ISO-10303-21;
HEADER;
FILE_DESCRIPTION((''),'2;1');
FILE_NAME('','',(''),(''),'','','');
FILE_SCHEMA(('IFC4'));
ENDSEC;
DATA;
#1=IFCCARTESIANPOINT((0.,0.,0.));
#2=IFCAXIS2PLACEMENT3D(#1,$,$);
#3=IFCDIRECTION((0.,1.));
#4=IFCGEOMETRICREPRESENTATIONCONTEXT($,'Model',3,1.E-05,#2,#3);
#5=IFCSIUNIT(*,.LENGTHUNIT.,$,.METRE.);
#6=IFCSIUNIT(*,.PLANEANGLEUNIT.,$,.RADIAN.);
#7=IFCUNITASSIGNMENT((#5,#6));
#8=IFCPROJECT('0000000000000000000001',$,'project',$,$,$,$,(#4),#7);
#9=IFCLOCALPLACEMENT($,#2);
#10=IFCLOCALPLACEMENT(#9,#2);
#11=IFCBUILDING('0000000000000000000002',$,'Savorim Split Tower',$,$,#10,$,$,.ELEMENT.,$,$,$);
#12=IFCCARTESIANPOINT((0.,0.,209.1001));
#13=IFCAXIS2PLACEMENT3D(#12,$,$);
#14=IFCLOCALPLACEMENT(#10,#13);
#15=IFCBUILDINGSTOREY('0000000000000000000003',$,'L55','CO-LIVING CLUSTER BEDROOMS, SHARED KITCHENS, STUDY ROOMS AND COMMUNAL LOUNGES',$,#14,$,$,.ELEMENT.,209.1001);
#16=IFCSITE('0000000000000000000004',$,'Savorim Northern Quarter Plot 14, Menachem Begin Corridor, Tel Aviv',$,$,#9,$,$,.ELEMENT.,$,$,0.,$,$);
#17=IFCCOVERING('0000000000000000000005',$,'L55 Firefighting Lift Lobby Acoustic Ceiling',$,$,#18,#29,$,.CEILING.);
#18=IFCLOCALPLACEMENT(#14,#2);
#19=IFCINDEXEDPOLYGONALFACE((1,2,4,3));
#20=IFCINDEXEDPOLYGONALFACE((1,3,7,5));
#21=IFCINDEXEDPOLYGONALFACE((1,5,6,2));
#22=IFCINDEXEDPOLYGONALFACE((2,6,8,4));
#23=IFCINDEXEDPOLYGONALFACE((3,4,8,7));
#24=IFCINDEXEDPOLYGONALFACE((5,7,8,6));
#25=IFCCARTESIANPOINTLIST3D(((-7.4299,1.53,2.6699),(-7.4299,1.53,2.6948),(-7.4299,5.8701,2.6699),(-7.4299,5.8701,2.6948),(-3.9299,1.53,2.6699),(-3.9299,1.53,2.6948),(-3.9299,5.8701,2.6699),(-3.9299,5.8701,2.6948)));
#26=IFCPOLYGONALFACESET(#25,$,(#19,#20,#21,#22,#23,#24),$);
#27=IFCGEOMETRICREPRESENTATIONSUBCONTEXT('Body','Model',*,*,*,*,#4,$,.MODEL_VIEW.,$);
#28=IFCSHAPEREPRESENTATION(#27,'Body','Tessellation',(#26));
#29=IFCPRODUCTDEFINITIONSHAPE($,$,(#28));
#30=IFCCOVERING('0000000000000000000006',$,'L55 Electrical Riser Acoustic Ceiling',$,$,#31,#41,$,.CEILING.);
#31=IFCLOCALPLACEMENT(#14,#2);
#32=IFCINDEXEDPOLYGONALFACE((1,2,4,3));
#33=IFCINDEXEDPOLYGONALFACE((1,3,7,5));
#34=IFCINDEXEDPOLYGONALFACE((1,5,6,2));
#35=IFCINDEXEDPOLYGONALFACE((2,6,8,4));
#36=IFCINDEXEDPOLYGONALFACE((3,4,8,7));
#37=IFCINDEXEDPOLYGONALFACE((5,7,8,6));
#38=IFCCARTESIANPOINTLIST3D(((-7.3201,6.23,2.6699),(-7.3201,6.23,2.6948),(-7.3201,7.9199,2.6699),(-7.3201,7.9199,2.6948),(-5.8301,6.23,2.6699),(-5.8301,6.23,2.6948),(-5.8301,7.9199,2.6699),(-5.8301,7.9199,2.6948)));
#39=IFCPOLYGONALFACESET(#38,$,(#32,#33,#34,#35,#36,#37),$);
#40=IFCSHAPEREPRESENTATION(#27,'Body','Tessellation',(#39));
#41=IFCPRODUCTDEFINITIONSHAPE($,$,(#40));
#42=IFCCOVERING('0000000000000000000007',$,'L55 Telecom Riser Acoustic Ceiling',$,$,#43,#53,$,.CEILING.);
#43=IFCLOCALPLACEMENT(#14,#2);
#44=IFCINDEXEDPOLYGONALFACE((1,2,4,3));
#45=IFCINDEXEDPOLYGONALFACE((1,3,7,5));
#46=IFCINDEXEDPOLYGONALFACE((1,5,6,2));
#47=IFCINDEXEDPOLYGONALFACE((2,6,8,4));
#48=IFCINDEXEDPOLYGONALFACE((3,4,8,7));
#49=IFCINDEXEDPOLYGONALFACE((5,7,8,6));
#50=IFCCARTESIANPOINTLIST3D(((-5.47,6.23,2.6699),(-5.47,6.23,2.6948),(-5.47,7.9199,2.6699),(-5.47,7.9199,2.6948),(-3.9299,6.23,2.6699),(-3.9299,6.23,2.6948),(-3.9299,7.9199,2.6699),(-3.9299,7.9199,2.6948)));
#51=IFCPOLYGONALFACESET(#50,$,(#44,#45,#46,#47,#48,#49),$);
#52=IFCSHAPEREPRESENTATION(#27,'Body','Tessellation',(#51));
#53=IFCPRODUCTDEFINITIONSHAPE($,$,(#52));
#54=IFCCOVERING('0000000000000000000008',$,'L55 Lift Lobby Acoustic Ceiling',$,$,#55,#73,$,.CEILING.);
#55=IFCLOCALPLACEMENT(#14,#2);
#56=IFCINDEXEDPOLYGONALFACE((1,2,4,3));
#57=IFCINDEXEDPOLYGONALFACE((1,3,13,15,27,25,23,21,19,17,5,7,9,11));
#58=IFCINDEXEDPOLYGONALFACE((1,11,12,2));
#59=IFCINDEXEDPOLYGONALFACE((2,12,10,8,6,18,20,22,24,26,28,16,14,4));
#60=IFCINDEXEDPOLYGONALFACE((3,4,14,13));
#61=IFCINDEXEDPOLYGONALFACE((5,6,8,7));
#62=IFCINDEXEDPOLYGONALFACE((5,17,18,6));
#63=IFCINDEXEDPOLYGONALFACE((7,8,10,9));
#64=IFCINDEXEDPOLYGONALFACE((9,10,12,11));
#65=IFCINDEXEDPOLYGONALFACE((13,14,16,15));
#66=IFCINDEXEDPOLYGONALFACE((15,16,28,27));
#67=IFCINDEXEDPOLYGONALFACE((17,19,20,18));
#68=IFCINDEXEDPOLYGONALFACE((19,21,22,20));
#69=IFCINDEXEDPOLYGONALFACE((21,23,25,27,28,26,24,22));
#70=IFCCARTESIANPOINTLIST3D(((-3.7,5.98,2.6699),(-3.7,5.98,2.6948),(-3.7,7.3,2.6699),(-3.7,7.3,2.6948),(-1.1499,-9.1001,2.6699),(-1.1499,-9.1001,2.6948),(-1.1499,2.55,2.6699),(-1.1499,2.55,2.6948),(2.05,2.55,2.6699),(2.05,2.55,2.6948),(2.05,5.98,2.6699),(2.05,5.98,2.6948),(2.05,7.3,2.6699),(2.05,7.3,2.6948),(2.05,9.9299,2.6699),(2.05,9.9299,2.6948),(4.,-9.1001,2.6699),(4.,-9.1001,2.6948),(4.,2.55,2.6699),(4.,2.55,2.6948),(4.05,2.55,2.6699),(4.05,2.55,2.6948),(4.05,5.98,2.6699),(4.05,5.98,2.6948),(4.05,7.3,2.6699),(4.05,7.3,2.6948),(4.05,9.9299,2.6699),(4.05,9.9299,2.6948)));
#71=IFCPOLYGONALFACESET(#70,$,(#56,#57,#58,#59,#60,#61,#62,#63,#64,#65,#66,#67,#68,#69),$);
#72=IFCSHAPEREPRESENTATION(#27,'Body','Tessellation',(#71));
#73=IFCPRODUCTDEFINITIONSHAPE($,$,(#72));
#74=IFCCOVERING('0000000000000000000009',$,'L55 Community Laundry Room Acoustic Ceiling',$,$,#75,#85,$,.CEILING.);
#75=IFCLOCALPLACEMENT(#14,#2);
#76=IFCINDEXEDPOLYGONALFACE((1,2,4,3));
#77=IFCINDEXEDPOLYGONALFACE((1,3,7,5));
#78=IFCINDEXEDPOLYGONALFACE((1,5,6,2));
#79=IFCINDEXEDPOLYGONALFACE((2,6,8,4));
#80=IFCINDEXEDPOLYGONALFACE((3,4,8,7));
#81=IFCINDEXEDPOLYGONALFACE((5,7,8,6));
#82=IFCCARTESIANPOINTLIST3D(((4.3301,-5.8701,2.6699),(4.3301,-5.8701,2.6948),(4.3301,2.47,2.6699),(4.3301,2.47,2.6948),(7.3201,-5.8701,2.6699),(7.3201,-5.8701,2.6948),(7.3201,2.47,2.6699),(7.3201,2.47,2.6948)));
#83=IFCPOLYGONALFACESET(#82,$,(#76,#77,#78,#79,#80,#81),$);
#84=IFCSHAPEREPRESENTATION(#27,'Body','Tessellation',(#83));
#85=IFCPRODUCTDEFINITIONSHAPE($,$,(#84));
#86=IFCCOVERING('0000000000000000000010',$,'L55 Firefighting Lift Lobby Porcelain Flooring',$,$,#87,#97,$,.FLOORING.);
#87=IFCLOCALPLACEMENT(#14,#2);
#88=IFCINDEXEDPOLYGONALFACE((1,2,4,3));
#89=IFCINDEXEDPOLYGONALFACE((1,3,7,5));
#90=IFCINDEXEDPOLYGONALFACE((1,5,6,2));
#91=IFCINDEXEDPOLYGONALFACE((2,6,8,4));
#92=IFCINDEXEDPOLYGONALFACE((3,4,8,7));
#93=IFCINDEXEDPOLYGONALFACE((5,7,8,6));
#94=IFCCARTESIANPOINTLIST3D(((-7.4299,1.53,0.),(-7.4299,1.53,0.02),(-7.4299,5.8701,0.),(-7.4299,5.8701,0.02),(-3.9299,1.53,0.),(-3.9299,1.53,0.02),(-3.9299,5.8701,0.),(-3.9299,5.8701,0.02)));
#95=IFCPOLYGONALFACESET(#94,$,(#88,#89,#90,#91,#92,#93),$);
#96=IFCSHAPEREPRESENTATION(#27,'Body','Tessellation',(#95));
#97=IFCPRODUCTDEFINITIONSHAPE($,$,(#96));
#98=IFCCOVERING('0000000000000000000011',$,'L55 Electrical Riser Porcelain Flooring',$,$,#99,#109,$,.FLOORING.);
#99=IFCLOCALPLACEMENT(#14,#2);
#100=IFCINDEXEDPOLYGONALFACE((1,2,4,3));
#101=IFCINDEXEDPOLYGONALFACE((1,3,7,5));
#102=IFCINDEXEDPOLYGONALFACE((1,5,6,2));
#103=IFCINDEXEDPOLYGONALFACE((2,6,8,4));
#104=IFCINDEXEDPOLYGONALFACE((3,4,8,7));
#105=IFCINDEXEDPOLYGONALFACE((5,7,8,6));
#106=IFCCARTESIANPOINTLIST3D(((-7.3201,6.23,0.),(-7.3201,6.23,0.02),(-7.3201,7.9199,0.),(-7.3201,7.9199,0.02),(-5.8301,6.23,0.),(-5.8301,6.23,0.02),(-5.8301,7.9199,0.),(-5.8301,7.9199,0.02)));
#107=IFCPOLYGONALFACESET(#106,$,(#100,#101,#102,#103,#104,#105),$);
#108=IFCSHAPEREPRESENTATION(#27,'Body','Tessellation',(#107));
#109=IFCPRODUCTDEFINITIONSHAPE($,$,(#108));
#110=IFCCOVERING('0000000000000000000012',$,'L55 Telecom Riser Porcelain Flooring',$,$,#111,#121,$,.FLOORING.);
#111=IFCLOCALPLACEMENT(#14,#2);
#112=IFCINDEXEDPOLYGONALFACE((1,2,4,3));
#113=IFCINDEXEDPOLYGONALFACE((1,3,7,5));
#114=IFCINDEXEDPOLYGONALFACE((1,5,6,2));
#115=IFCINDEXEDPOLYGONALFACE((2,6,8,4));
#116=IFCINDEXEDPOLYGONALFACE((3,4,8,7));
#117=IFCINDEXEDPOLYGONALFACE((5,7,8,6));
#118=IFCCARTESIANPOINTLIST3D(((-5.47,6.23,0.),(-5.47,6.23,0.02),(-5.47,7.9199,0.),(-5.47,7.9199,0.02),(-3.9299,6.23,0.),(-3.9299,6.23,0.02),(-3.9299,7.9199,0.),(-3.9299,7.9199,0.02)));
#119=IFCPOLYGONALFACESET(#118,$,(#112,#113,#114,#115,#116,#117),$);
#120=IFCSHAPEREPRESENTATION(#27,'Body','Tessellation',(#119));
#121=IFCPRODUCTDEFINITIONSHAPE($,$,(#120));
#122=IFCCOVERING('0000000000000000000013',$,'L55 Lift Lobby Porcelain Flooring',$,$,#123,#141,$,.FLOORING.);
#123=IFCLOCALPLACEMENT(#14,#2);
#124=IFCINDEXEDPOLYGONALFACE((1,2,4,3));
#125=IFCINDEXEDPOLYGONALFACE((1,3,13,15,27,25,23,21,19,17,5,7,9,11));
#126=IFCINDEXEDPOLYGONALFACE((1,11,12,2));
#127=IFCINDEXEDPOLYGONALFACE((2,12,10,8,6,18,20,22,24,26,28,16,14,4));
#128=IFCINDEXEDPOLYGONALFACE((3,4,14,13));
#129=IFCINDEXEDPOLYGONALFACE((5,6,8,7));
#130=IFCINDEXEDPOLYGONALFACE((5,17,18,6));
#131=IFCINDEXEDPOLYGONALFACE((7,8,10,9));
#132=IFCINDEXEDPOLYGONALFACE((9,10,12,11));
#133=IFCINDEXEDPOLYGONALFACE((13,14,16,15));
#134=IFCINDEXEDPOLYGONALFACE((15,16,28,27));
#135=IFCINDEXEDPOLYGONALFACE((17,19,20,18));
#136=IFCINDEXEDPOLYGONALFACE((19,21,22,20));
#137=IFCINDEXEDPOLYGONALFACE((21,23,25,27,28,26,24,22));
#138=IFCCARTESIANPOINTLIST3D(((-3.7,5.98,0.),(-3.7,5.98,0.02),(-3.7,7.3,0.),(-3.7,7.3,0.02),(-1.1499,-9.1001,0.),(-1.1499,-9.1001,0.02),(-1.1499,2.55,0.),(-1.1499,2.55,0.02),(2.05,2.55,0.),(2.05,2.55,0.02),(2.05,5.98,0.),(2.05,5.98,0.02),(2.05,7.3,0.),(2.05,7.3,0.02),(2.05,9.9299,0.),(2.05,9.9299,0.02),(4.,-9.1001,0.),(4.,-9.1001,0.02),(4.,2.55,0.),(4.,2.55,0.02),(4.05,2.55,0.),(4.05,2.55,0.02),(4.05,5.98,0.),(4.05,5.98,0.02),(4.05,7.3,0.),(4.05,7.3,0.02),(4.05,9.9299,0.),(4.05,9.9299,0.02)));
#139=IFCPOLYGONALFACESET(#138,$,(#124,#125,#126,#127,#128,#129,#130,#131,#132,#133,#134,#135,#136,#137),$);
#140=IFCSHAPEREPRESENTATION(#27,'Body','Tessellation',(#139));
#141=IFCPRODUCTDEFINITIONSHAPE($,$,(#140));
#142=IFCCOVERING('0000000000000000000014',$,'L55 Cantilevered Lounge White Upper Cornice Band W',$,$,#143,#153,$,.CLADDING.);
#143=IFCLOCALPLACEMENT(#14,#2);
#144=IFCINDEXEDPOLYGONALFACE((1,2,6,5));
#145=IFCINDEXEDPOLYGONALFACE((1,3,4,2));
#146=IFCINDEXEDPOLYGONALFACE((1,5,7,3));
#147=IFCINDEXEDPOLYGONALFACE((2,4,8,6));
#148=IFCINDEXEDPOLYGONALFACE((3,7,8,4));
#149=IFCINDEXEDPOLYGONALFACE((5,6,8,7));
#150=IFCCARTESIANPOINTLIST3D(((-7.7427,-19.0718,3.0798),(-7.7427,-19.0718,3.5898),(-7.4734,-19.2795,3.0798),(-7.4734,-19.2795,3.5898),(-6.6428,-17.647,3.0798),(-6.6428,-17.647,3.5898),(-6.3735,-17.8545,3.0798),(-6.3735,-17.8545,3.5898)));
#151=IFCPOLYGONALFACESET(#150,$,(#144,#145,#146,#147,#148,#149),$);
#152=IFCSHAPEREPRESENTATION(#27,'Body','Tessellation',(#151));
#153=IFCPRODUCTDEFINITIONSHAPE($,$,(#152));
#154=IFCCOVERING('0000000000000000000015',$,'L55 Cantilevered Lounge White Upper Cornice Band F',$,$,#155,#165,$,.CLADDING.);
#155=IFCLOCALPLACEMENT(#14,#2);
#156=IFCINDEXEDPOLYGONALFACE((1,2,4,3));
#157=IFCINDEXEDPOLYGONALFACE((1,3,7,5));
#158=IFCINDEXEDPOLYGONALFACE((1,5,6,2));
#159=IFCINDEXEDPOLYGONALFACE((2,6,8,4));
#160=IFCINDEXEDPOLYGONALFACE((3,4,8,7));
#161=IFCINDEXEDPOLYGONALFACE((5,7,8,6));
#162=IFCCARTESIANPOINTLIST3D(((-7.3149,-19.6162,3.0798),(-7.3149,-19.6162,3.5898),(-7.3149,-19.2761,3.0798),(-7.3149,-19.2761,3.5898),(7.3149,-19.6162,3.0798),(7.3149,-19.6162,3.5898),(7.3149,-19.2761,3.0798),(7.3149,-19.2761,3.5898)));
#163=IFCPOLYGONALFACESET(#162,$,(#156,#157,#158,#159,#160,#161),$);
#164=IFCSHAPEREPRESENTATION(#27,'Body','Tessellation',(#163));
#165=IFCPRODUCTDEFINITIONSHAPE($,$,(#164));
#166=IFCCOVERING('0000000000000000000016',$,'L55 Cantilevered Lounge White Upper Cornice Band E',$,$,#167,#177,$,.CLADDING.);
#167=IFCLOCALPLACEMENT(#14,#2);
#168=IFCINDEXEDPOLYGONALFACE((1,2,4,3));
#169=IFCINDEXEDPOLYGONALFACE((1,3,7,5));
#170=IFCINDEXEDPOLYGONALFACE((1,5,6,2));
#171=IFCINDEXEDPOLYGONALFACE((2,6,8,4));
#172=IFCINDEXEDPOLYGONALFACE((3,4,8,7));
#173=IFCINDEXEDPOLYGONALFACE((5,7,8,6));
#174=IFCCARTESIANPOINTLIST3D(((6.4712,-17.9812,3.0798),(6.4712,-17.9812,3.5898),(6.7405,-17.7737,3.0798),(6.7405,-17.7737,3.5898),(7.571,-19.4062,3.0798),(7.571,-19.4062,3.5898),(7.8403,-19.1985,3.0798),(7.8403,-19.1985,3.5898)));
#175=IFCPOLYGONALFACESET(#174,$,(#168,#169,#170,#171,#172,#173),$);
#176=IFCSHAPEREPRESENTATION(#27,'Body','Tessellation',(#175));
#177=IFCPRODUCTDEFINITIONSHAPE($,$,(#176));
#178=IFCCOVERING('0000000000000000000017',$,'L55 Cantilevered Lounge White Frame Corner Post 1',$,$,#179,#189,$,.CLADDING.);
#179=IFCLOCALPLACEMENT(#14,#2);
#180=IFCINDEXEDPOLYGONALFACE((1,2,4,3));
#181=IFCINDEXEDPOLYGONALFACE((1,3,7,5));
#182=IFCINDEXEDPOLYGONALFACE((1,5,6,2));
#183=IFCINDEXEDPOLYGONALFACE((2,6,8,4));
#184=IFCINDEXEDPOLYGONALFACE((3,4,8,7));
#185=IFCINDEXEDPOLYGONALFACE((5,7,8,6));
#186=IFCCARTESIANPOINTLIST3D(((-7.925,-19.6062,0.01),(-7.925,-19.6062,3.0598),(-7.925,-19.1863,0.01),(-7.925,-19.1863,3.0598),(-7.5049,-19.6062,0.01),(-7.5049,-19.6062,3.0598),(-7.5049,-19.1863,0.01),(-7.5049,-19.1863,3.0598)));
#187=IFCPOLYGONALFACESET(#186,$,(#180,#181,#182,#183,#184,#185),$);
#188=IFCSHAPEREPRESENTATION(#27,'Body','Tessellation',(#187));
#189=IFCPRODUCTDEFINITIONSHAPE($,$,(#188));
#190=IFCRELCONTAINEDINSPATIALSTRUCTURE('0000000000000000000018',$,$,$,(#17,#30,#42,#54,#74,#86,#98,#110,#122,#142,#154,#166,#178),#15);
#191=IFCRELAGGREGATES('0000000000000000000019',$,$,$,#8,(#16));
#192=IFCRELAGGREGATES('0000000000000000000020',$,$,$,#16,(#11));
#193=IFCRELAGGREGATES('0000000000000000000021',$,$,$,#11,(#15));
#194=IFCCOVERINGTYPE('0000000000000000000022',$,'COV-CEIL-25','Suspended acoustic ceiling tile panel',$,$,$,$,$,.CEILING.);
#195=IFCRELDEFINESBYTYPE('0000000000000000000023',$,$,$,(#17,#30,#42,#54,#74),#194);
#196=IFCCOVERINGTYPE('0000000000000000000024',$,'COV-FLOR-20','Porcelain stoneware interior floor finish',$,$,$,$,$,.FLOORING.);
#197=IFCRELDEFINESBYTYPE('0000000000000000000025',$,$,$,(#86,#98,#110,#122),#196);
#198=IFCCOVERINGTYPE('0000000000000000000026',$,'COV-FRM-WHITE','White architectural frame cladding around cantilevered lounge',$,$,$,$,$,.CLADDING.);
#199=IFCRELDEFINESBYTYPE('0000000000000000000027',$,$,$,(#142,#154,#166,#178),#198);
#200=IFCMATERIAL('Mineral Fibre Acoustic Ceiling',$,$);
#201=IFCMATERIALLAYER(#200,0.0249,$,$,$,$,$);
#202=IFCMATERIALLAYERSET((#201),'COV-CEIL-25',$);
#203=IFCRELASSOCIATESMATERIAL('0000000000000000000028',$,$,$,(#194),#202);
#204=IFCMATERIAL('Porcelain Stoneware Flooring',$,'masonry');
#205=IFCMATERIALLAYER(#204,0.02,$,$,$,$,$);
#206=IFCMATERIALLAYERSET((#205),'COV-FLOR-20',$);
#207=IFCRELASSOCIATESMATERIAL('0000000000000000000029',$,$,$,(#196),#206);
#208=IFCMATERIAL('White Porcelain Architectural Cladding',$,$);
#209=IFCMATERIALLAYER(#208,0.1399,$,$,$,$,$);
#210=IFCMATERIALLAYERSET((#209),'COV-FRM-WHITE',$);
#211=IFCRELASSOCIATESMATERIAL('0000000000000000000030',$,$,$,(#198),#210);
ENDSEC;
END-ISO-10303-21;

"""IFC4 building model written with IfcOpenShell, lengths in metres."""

from ifc_helpers import new_model, si_unit, direction, frame, origin, place, context, subcontext, project, spatial, polyline, outline, extrude, material, layer, layer_set, type_object, element, save


model = new_model("IFC4")

# Units and contexts
model_context = context("Model", 3, precision=1e-05, world=origin(), true_north=direction((0.0, 1.0)))
body_context = subcontext(model_context, "Body", "Model", "MODEL_VIEW")
ifc_project = project(units=[si_unit("LENGTHUNIT", "METRE"), si_unit("PLANEANGLEUNIT", "RADIAN")], contexts=[model_context])

# Site, building, storey
site_placement = place(None, origin())
site = spatial("IfcSite", under=ifc_project, at=site_placement, Name="Savorim Northern Quarter Plot 14, Menachem Begin Corridor, Tel Aviv", CompositionType="ELEMENT", RefElevation=0.0)
building_placement = place(site_placement, origin())
building = spatial("IfcBuilding", under=site, at=building_placement, Name="Savorim Split Tower", CompositionType="ELEMENT")
storey_placement = place(building_placement, frame((0.0, 0.0, 209.1001)))
storey = spatial("IfcBuildingStorey", under=building, at=storey_placement, Name="L55", Description="CO-LIVING CLUSTER BEDROOMS, SHARED KITCHENS, STUDY ROOMS AND COMMUNAL LOUNGES", CompositionType="ELEMENT", Elevation=209.1001)

# Coverings
ifc_material_1 = material(Name="Mineral Fibre Acoustic Ceiling")
ifc_layer_1 = layer(ifc_material_1, 0.0249)
ifc_layer_set_1 = layer_set([ifc_layer_1], Name="COV-CEIL-25")
covering_type_1 = type_object("IfcCoveringType", Name="COV-CEIL-25", Description="Suspended acoustic ceiling tile panel", PredefinedType="CEILING", material=ifc_layer_set_1)
covering_1_placement = place(storey_placement, frame((0.0, 0.0, 2.6699)))
element("IfcCovering", 1, at=covering_1_placement, inside=storey, type_object=covering_type_1, Name="L55 Firefighting Lift Lobby Acoustic Ceiling", PredefinedType="CEILING", context=body_context, shape_type="SweptSolid", body=[
    extrude(outline(polyline([(-7.4299, 5.8701), (-7.4299, 1.53), (-3.9299, 1.53), (-3.9299, 5.8701), (-7.4299, 5.8701)])), origin(), (0.0, 0.0, 1.0), 0.0249),
])
covering_2_placement = place(storey_placement, frame((0.0, 0.0, 2.6699)))
element("IfcCovering", 2, at=covering_2_placement, inside=storey, type_object=covering_type_1, Name="L55 Electrical Riser Acoustic Ceiling", PredefinedType="CEILING", context=body_context, shape_type="SweptSolid", body=[
    extrude(outline(polyline([(-7.3201, 7.9199), (-7.3201, 6.23), (-5.8301, 6.23), (-5.8301, 7.9199), (-7.3201, 7.9199)])), origin(), (0.0, 0.0, 1.0), 0.0249),
])
covering_3_placement = place(storey_placement, frame((0.0, 0.0, 2.6699)))
element("IfcCovering", 3, at=covering_3_placement, inside=storey, type_object=covering_type_1, Name="L55 Telecom Riser Acoustic Ceiling", PredefinedType="CEILING", context=body_context, shape_type="SweptSolid", body=[
    extrude(outline(polyline([(-5.47, 7.9199), (-5.47, 6.23), (-3.9299, 6.23), (-3.9299, 7.9199), (-5.47, 7.9199)])), origin(), (0.0, 0.0, 1.0), 0.0249),
])
covering_4_placement = place(storey_placement, frame((0.0, 0.0, 2.6699)))
element("IfcCovering", 4, at=covering_4_placement, inside=storey, type_object=covering_type_1, Name="L55 Lift Lobby Acoustic Ceiling", PredefinedType="CEILING", context=body_context, shape_type="SweptSolid", body=[
    extrude(outline(polyline([(2.05, 2.55), (-1.1499, 2.55), (-1.1499, -9.1001), (4.0, -9.1001), (4.0, 2.55), (4.05, 2.55), (4.05, 5.98), (4.05, 7.3), (4.05, 9.9299), (2.05, 9.9299), (2.05, 7.3), (-3.7, 7.3), (-3.7, 5.98), (2.05, 5.98), (2.05, 2.55)])), origin(), (0.0, 0.0, 1.0), 0.0249),
])
covering_5_placement = place(storey_placement, frame((0.0, 0.0, 2.6699)))
element("IfcCovering", 5, at=covering_5_placement, inside=storey, type_object=covering_type_1, Name="L55 Community Laundry Room Acoustic Ceiling", PredefinedType="CEILING", context=body_context, shape_type="SweptSolid", body=[
    extrude(outline(polyline([(4.3301, 2.47), (4.3301, -5.8701), (7.3201, -5.8701), (7.3201, 2.47), (4.3301, 2.47)])), origin(), (0.0, 0.0, 1.0), 0.0249),
])
ifc_material_2 = material(Name="Porcelain Stoneware Flooring", Category="masonry")
ifc_layer_2 = layer(ifc_material_2, 0.02)
ifc_layer_set_2 = layer_set([ifc_layer_2], Name="COV-FLOR-20")
covering_type_2 = type_object("IfcCoveringType", Name="COV-FLOR-20", Description="Porcelain stoneware interior floor finish", PredefinedType="FLOORING", material=ifc_layer_set_2)
covering_6_placement = place(storey_placement, origin())
element("IfcCovering", 6, at=covering_6_placement, inside=storey, type_object=covering_type_2, Name="L55 Firefighting Lift Lobby Porcelain Flooring", PredefinedType="FLOORING", context=body_context, shape_type="SweptSolid", body=[
    extrude(outline(polyline([(-7.4299, 5.8701), (-7.4299, 1.53), (-3.9299, 1.53), (-3.9299, 5.8701), (-7.4299, 5.8701)])), origin(), (0.0, 0.0, 1.0), 0.02),
])
covering_7_placement = place(storey_placement, origin())
element("IfcCovering", 7, at=covering_7_placement, inside=storey, type_object=covering_type_2, Name="L55 Electrical Riser Porcelain Flooring", PredefinedType="FLOORING", context=body_context, shape_type="SweptSolid", body=[
    extrude(outline(polyline([(-7.3201, 7.9199), (-7.3201, 6.23), (-5.8301, 6.23), (-5.8301, 7.9199), (-7.3201, 7.9199)])), origin(), (0.0, 0.0, 1.0), 0.02),
])
covering_8_placement = place(storey_placement, origin())
element("IfcCovering", 8, at=covering_8_placement, inside=storey, type_object=covering_type_2, Name="L55 Telecom Riser Porcelain Flooring", PredefinedType="FLOORING", context=body_context, shape_type="SweptSolid", body=[
    extrude(outline(polyline([(-5.47, 7.9199), (-5.47, 6.23), (-3.9299, 6.23), (-3.9299, 7.9199), (-5.47, 7.9199)])), origin(), (0.0, 0.0, 1.0), 0.02),
])
covering_9_placement = place(storey_placement, origin())
element("IfcCovering", 9, at=covering_9_placement, inside=storey, type_object=covering_type_2, Name="L55 Lift Lobby Porcelain Flooring", PredefinedType="FLOORING", context=body_context, shape_type="SweptSolid", body=[
    extrude(outline(polyline([(2.05, 2.55), (-1.1499, 2.55), (-1.1499, -9.1001), (4.0, -9.1001), (4.0, 2.55), (4.05, 2.55), (4.05, 5.98), (4.05, 7.3), (4.05, 9.9299), (2.05, 9.9299), (2.05, 7.3), (-3.7, 7.3), (-3.7, 5.98), (2.05, 5.98), (2.05, 2.55)])), origin(), (0.0, 0.0, 1.0), 0.02),
])
ifc_material_3 = material(Name="White Porcelain Architectural Cladding")
ifc_layer_3 = layer(ifc_material_3, 0.1399)
ifc_layer_set_3 = layer_set([ifc_layer_3], Name="COV-FRM-WHITE")
covering_type_3 = type_object("IfcCoveringType", Name="COV-FRM-WHITE", Description="White architectural frame cladding around cantilevered lounge", PredefinedType="CLADDING", material=ifc_layer_set_3)
covering_10_placement = place(storey_placement, frame((0.0, 0.0, 3.0798)))
element("IfcCovering", 10, at=covering_10_placement, inside=storey, type_object=covering_type_3, Name="L55 Cantilevered Lounge White Upper Cornice Band W", PredefinedType="CLADDING", context=body_context, shape_type="SweptSolid", body=[
    extrude(outline(polyline([(-6.6428, -17.647), (-7.7427, -19.0718), (-7.4734, -19.2795), (-6.3735, -17.8545), (-6.6428, -17.647)])), origin(), (0.0, 0.0, 1.0), 0.51),
])
covering_11_placement = place(storey_placement, frame((0.0, 0.0, 3.0798)))
element("IfcCovering", 11, at=covering_11_placement, inside=storey, type_object=covering_type_3, Name="L55 Cantilevered Lounge White Upper Cornice Band F", PredefinedType="CLADDING", context=body_context, shape_type="SweptSolid", body=[
    extrude(outline(polyline([(-7.3149, -19.6162), (7.3149, -19.6162), (7.3149, -19.2761), (-7.3149, -19.2761), (-7.3149, -19.6162)])), origin(), (0.0, 0.0, 1.0), 0.51),
])
covering_12_placement = place(storey_placement, frame((0.0, 0.0, 3.0798)))
element("IfcCovering", 12, at=covering_12_placement, inside=storey, type_object=covering_type_3, Name="L55 Cantilevered Lounge White Upper Cornice Band E", PredefinedType="CLADDING", context=body_context, shape_type="SweptSolid", body=[
    extrude(outline(polyline([(7.8403, -19.1985), (6.7405, -17.7737), (6.4712, -17.9812), (7.571, -19.4062), (7.8403, -19.1985)])), origin(), (0.0, 0.0, 1.0), 0.51),
])
covering_13_placement = place(storey_placement, frame((0.0, 0.0, 0.01)))
element("IfcCovering", 13, at=covering_13_placement, inside=storey, type_object=covering_type_3, Name="L55 Cantilevered Lounge White Frame Corner Post 1", PredefinedType="CLADDING", context=body_context, shape_type="SweptSolid", body=[
    extrude(outline(polyline([(-7.925, -19.6062), (-7.5049, -19.6062), (-7.5049, -19.1863), (-7.925, -19.1863), (-7.925, -19.6062)])), origin(), (0.0, 0.0, 1.0), 3.0498),
])

save(model, "model.ifc")
